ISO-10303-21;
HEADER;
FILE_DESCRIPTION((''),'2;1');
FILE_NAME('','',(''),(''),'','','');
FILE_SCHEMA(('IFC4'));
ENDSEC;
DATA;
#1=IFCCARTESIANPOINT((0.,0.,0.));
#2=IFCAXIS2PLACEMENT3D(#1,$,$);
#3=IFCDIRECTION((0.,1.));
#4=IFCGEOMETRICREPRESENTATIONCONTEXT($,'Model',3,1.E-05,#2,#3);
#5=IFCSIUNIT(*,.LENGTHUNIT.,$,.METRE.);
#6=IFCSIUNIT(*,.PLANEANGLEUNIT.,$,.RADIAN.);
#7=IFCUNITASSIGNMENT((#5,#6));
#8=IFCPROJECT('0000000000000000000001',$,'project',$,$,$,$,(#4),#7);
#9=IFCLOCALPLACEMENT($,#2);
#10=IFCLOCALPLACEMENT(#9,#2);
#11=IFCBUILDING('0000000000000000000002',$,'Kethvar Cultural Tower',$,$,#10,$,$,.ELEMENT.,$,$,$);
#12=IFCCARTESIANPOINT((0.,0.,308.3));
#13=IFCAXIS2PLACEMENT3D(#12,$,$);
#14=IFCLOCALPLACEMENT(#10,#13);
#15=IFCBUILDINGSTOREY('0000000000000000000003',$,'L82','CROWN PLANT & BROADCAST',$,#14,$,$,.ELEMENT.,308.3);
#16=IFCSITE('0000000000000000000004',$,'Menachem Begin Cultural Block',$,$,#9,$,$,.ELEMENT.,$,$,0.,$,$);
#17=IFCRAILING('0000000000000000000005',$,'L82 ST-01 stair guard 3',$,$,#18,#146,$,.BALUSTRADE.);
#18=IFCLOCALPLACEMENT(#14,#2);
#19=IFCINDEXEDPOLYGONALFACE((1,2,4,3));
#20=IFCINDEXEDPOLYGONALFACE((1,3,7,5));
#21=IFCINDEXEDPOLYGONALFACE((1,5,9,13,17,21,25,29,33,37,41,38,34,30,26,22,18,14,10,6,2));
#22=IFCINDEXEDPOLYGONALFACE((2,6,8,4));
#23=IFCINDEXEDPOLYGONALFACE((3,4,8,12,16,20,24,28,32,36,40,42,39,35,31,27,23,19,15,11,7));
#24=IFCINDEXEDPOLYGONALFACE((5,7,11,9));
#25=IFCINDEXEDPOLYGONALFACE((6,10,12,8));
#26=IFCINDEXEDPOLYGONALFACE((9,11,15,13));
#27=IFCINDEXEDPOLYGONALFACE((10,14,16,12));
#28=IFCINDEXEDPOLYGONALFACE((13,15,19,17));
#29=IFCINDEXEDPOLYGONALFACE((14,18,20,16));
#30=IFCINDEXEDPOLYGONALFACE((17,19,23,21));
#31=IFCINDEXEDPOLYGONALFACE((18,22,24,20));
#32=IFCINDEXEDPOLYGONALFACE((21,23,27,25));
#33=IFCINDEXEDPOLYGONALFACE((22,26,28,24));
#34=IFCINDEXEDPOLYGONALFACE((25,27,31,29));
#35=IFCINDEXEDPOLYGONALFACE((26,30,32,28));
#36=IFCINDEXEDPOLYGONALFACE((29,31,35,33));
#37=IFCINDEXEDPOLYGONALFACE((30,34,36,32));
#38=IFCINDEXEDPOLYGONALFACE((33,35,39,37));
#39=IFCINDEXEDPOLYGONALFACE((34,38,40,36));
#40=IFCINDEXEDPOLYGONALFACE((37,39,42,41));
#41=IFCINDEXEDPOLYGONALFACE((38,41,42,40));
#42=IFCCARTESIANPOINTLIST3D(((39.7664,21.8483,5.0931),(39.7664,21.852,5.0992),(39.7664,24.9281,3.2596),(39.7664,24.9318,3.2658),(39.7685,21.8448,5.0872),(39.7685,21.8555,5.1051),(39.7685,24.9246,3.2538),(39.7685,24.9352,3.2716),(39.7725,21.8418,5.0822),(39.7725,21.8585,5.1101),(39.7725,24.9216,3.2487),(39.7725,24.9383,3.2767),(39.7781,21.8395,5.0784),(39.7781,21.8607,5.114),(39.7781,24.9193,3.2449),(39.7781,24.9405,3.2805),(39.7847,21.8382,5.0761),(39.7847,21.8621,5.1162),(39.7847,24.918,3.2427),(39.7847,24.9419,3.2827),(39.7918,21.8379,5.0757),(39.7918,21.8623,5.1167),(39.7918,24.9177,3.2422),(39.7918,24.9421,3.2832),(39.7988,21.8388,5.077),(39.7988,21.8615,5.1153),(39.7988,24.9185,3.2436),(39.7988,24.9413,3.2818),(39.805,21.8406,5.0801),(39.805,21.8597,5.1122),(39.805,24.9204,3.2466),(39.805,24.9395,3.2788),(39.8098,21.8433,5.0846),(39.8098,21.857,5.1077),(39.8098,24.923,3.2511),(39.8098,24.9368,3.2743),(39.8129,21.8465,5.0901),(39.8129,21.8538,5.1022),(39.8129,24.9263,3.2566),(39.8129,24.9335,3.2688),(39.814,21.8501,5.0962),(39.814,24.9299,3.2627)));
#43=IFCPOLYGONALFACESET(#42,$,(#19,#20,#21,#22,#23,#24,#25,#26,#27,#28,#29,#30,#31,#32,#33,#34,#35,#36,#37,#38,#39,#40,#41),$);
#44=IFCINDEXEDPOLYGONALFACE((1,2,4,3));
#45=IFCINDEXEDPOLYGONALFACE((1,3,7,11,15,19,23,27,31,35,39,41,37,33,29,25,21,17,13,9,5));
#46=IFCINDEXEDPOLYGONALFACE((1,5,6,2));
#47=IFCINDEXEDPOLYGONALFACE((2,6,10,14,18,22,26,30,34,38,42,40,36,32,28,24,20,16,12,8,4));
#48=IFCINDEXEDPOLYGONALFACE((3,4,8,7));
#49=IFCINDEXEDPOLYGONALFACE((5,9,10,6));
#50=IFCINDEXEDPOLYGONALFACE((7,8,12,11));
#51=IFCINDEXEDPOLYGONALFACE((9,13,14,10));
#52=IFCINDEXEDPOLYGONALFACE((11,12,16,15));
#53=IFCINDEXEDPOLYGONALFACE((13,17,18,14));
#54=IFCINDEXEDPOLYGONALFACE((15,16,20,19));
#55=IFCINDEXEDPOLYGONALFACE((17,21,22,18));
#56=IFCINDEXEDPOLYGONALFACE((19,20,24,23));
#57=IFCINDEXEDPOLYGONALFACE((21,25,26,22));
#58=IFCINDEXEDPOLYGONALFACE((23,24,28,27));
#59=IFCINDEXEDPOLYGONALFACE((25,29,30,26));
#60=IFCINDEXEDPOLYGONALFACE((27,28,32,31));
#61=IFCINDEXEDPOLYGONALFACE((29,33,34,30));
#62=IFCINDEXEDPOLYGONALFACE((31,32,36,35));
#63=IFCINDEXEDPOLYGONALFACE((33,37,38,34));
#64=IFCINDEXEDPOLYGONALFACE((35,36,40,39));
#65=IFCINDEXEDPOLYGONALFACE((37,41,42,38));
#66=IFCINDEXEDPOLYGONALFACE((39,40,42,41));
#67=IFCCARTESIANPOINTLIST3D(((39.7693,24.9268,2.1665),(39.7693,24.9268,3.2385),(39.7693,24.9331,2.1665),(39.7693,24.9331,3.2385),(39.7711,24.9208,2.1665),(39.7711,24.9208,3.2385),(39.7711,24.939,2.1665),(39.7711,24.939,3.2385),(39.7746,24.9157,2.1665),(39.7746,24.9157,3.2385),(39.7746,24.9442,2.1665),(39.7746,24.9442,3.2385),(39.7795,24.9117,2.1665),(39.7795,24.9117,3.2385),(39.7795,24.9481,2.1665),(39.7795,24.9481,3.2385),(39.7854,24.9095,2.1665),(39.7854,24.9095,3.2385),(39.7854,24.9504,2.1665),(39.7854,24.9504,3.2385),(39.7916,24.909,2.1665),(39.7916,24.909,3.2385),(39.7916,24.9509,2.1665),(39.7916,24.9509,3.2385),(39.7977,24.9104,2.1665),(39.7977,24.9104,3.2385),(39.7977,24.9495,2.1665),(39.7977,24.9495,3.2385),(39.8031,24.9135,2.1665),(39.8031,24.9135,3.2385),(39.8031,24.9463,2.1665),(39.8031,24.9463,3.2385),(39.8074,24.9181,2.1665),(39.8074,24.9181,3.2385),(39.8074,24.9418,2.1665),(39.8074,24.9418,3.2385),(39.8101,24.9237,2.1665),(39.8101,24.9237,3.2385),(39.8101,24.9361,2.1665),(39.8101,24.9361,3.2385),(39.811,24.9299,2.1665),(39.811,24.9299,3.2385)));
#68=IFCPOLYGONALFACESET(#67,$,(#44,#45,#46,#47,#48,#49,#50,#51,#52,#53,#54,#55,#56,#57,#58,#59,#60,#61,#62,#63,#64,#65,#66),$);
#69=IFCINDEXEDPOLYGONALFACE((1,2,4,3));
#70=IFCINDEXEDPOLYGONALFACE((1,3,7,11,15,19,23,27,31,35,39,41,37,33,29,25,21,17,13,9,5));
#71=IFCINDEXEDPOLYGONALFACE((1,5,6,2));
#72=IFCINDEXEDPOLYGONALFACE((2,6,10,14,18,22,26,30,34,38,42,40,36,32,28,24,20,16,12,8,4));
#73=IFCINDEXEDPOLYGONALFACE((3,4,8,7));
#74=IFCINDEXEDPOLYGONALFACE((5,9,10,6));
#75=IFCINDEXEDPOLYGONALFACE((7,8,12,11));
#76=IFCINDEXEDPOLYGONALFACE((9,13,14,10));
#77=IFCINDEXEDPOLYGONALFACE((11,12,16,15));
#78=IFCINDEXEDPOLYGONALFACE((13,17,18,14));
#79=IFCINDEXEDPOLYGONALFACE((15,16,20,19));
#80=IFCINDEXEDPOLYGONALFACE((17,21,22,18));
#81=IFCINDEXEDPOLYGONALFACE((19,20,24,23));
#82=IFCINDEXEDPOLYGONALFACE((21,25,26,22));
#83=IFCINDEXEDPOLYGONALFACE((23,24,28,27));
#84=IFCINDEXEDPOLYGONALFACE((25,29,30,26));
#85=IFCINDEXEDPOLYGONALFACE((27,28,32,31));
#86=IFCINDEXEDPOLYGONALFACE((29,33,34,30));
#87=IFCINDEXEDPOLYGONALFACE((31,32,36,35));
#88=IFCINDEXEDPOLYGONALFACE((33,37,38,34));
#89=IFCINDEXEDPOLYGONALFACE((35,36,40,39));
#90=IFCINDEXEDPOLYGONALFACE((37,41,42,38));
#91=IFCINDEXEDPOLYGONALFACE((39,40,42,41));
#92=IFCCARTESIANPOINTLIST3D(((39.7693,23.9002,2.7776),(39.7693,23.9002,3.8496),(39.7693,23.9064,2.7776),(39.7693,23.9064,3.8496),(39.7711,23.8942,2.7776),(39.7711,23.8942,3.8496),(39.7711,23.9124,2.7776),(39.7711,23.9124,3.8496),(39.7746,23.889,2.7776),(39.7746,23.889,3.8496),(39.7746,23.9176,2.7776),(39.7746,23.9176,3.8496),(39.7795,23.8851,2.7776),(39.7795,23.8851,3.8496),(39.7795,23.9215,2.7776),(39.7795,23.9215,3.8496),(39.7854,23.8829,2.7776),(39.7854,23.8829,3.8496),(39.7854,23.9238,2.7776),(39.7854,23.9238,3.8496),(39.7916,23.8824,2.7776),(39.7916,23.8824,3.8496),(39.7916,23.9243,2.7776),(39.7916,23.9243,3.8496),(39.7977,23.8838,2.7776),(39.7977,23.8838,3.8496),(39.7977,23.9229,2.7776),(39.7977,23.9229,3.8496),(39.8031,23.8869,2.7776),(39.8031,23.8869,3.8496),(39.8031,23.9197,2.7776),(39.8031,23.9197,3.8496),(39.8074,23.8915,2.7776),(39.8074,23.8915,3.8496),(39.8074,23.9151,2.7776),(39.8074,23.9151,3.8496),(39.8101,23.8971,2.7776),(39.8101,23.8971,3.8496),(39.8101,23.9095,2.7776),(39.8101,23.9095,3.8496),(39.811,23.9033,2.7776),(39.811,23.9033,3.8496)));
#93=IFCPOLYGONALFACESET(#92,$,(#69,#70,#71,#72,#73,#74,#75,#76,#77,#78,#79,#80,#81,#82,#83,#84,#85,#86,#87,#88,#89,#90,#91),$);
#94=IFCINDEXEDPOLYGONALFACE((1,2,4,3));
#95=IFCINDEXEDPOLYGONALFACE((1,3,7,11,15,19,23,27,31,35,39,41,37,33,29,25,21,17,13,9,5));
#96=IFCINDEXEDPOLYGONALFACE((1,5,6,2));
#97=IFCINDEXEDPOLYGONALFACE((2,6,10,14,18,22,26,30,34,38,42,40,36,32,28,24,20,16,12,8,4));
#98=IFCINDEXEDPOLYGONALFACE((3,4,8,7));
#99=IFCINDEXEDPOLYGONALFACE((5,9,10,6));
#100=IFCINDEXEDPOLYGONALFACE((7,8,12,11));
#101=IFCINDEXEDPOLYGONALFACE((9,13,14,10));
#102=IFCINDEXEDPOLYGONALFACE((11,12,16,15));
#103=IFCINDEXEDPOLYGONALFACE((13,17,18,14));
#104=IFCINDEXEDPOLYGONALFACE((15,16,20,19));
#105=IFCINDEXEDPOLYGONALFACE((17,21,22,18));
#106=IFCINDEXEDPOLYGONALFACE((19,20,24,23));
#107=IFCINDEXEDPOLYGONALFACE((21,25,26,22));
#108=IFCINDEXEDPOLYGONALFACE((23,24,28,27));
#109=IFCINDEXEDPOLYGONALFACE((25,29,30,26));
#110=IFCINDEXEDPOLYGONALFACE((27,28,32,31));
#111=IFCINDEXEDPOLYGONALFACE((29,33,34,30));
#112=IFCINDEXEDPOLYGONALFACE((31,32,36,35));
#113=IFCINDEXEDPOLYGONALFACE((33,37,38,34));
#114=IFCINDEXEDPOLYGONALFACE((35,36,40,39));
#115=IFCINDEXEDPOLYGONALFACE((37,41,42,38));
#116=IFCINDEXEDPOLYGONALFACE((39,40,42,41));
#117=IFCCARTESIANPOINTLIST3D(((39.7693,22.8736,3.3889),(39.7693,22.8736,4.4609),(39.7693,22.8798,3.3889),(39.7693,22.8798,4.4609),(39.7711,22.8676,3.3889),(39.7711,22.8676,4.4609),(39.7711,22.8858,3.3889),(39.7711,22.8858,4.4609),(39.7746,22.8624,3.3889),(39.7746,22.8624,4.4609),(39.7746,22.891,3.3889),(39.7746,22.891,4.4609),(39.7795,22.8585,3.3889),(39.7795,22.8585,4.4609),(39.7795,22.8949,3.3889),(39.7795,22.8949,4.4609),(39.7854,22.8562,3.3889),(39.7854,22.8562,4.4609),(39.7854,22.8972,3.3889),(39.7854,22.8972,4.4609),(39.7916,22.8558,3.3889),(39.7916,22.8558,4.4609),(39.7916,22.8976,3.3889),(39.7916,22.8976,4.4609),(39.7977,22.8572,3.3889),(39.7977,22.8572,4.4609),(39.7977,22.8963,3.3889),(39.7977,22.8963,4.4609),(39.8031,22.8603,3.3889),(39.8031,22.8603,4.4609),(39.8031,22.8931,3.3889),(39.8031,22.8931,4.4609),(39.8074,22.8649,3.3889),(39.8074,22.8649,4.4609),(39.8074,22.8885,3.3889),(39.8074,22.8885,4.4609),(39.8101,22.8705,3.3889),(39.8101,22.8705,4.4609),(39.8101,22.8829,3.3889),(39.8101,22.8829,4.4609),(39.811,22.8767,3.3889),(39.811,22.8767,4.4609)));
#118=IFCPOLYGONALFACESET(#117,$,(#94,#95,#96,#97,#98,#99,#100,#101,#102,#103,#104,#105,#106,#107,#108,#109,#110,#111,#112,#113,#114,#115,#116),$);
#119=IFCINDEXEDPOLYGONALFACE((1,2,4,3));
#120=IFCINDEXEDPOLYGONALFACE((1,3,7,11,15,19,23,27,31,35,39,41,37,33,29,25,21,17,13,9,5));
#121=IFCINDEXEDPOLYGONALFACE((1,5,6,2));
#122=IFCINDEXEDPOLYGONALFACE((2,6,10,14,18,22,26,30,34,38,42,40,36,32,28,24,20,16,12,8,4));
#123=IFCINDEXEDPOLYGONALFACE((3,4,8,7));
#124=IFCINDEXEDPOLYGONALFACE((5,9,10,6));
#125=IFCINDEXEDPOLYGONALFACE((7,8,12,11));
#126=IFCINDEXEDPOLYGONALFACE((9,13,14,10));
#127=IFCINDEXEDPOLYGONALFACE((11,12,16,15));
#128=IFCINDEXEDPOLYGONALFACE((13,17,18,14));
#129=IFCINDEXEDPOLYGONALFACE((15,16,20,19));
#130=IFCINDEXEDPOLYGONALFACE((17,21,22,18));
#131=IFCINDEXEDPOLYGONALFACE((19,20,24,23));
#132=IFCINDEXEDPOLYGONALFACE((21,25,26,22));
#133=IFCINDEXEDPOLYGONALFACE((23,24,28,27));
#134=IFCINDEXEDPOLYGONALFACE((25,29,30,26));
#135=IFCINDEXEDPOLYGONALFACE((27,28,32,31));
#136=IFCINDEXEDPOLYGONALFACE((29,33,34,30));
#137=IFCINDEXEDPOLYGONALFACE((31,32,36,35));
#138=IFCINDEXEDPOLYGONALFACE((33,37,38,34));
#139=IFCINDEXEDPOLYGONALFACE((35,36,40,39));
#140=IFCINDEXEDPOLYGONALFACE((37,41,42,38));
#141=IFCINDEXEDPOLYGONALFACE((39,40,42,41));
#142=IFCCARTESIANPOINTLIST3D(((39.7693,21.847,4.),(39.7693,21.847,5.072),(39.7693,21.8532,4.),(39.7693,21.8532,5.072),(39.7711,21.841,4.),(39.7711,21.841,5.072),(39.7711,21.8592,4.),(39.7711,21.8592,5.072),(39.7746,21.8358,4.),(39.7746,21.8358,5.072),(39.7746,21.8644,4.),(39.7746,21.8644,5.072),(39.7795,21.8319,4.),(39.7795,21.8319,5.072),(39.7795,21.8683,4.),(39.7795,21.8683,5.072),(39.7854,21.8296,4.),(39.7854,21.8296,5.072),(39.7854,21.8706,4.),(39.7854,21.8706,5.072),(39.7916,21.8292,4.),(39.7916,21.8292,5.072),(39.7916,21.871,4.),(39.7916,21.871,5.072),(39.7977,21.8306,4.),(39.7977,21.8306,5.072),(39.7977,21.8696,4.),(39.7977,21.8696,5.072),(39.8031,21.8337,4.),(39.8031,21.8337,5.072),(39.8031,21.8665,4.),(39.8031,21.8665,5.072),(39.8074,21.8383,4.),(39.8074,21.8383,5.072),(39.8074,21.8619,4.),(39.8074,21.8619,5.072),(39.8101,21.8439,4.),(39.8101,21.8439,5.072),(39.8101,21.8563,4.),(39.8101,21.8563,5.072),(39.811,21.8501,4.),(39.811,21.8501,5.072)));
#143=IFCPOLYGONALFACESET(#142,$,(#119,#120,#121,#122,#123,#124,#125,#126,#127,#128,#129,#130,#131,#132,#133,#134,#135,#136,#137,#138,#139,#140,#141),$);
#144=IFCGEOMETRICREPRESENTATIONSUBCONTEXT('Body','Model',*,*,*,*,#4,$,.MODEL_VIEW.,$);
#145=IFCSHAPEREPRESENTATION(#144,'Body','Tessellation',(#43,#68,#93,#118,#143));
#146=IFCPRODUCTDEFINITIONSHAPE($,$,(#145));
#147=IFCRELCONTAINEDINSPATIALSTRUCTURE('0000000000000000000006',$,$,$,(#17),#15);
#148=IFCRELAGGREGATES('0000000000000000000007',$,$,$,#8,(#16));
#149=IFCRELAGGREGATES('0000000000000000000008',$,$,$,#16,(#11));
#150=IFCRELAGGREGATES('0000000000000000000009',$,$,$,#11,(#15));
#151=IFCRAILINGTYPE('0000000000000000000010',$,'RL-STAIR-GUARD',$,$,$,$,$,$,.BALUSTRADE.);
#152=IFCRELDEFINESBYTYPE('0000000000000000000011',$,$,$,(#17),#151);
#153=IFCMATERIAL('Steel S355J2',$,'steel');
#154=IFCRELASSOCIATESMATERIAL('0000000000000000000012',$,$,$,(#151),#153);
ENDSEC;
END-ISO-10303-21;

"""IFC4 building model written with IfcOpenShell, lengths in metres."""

from ifc_helpers import new_model, si_unit, direction, frame, origin, origin_2d, place, context, subcontext, project, spatial, circle, extrude, material, type_object, element, save


model = new_model("IFC4")

# Units and contexts
model_context = context("Model", 3, precision=1e-05, world=origin(), true_north=direction((0.0, 1.0)))
body_context = subcontext(model_context, "Body", "Model", "MODEL_VIEW")
ifc_project = project(units=[si_unit("LENGTHUNIT", "METRE"), si_unit("PLANEANGLEUNIT", "RADIAN")], contexts=[model_context])

# Site, building, storey
site_placement = place(None, origin())
site = spatial("IfcSite", under=ifc_project, at=site_placement, Name="Menachem Begin Cultural Block", CompositionType="ELEMENT", RefElevation=0.0)
building_placement = place(site_placement, origin())
building = spatial("IfcBuilding", under=site, at=building_placement, Name="Kethvar Cultural Tower", CompositionType="ELEMENT")
storey_placement = place(building_placement, frame((0.0, 0.0, 308.3)))
storey = spatial("IfcBuildingStorey", under=building, at=storey_placement, Name="L82", Description="CROWN PLANT & BROADCAST", CompositionType="ELEMENT", Elevation=308.3)

# Shared definitions
ifc_material_1 = material(Name="Steel S355J2", Category="steel")

# Railing
railing_type = type_object("IfcRailingType", Name="RL-STAIR-GUARD", PredefinedType="BALUSTRADE", material=ifc_material_1)
railing_1_placement = place(storey_placement, frame((39.79, 24.9299, 2.1665)))
element("IfcRailing", 1, at=railing_1_placement, inside=storey, type_object=railing_type, Name="L82 ST-01 stair guard 3", PredefinedType="BALUSTRADE", context=body_context, shape_type="SweptSolid", body=[
    extrude(circle(Radius=0.0239, at=origin_2d()), frame((0.0, 0.0, 1.0962), z_axis=(0.0, -0.859261, 0.511538), x_axis=(1.0, 0.0, 0.0)), (0.0, 0.0, 1.0), 3.5842),
    extrude(circle(Radius=0.021, at=origin_2d()), origin(), (0.0, 0.0, 1.0), 1.072),
    extrude(circle(Radius=0.021, at=origin_2d()), frame((0.0, -1.0266, 0.6111)), (0.0, 0.0, 1.0), 1.072),
    extrude(circle(Radius=0.021, at=origin_2d()), frame((0.0, -2.0532, 1.2224)), (0.0, 0.0, 1.0), 1.072),
    extrude(circle(Radius=0.021, at=origin_2d()), frame((0.0, -3.0798, 1.8335)), (0.0, 0.0, 1.0), 1.072),
])

save(model, "model.ifc")
